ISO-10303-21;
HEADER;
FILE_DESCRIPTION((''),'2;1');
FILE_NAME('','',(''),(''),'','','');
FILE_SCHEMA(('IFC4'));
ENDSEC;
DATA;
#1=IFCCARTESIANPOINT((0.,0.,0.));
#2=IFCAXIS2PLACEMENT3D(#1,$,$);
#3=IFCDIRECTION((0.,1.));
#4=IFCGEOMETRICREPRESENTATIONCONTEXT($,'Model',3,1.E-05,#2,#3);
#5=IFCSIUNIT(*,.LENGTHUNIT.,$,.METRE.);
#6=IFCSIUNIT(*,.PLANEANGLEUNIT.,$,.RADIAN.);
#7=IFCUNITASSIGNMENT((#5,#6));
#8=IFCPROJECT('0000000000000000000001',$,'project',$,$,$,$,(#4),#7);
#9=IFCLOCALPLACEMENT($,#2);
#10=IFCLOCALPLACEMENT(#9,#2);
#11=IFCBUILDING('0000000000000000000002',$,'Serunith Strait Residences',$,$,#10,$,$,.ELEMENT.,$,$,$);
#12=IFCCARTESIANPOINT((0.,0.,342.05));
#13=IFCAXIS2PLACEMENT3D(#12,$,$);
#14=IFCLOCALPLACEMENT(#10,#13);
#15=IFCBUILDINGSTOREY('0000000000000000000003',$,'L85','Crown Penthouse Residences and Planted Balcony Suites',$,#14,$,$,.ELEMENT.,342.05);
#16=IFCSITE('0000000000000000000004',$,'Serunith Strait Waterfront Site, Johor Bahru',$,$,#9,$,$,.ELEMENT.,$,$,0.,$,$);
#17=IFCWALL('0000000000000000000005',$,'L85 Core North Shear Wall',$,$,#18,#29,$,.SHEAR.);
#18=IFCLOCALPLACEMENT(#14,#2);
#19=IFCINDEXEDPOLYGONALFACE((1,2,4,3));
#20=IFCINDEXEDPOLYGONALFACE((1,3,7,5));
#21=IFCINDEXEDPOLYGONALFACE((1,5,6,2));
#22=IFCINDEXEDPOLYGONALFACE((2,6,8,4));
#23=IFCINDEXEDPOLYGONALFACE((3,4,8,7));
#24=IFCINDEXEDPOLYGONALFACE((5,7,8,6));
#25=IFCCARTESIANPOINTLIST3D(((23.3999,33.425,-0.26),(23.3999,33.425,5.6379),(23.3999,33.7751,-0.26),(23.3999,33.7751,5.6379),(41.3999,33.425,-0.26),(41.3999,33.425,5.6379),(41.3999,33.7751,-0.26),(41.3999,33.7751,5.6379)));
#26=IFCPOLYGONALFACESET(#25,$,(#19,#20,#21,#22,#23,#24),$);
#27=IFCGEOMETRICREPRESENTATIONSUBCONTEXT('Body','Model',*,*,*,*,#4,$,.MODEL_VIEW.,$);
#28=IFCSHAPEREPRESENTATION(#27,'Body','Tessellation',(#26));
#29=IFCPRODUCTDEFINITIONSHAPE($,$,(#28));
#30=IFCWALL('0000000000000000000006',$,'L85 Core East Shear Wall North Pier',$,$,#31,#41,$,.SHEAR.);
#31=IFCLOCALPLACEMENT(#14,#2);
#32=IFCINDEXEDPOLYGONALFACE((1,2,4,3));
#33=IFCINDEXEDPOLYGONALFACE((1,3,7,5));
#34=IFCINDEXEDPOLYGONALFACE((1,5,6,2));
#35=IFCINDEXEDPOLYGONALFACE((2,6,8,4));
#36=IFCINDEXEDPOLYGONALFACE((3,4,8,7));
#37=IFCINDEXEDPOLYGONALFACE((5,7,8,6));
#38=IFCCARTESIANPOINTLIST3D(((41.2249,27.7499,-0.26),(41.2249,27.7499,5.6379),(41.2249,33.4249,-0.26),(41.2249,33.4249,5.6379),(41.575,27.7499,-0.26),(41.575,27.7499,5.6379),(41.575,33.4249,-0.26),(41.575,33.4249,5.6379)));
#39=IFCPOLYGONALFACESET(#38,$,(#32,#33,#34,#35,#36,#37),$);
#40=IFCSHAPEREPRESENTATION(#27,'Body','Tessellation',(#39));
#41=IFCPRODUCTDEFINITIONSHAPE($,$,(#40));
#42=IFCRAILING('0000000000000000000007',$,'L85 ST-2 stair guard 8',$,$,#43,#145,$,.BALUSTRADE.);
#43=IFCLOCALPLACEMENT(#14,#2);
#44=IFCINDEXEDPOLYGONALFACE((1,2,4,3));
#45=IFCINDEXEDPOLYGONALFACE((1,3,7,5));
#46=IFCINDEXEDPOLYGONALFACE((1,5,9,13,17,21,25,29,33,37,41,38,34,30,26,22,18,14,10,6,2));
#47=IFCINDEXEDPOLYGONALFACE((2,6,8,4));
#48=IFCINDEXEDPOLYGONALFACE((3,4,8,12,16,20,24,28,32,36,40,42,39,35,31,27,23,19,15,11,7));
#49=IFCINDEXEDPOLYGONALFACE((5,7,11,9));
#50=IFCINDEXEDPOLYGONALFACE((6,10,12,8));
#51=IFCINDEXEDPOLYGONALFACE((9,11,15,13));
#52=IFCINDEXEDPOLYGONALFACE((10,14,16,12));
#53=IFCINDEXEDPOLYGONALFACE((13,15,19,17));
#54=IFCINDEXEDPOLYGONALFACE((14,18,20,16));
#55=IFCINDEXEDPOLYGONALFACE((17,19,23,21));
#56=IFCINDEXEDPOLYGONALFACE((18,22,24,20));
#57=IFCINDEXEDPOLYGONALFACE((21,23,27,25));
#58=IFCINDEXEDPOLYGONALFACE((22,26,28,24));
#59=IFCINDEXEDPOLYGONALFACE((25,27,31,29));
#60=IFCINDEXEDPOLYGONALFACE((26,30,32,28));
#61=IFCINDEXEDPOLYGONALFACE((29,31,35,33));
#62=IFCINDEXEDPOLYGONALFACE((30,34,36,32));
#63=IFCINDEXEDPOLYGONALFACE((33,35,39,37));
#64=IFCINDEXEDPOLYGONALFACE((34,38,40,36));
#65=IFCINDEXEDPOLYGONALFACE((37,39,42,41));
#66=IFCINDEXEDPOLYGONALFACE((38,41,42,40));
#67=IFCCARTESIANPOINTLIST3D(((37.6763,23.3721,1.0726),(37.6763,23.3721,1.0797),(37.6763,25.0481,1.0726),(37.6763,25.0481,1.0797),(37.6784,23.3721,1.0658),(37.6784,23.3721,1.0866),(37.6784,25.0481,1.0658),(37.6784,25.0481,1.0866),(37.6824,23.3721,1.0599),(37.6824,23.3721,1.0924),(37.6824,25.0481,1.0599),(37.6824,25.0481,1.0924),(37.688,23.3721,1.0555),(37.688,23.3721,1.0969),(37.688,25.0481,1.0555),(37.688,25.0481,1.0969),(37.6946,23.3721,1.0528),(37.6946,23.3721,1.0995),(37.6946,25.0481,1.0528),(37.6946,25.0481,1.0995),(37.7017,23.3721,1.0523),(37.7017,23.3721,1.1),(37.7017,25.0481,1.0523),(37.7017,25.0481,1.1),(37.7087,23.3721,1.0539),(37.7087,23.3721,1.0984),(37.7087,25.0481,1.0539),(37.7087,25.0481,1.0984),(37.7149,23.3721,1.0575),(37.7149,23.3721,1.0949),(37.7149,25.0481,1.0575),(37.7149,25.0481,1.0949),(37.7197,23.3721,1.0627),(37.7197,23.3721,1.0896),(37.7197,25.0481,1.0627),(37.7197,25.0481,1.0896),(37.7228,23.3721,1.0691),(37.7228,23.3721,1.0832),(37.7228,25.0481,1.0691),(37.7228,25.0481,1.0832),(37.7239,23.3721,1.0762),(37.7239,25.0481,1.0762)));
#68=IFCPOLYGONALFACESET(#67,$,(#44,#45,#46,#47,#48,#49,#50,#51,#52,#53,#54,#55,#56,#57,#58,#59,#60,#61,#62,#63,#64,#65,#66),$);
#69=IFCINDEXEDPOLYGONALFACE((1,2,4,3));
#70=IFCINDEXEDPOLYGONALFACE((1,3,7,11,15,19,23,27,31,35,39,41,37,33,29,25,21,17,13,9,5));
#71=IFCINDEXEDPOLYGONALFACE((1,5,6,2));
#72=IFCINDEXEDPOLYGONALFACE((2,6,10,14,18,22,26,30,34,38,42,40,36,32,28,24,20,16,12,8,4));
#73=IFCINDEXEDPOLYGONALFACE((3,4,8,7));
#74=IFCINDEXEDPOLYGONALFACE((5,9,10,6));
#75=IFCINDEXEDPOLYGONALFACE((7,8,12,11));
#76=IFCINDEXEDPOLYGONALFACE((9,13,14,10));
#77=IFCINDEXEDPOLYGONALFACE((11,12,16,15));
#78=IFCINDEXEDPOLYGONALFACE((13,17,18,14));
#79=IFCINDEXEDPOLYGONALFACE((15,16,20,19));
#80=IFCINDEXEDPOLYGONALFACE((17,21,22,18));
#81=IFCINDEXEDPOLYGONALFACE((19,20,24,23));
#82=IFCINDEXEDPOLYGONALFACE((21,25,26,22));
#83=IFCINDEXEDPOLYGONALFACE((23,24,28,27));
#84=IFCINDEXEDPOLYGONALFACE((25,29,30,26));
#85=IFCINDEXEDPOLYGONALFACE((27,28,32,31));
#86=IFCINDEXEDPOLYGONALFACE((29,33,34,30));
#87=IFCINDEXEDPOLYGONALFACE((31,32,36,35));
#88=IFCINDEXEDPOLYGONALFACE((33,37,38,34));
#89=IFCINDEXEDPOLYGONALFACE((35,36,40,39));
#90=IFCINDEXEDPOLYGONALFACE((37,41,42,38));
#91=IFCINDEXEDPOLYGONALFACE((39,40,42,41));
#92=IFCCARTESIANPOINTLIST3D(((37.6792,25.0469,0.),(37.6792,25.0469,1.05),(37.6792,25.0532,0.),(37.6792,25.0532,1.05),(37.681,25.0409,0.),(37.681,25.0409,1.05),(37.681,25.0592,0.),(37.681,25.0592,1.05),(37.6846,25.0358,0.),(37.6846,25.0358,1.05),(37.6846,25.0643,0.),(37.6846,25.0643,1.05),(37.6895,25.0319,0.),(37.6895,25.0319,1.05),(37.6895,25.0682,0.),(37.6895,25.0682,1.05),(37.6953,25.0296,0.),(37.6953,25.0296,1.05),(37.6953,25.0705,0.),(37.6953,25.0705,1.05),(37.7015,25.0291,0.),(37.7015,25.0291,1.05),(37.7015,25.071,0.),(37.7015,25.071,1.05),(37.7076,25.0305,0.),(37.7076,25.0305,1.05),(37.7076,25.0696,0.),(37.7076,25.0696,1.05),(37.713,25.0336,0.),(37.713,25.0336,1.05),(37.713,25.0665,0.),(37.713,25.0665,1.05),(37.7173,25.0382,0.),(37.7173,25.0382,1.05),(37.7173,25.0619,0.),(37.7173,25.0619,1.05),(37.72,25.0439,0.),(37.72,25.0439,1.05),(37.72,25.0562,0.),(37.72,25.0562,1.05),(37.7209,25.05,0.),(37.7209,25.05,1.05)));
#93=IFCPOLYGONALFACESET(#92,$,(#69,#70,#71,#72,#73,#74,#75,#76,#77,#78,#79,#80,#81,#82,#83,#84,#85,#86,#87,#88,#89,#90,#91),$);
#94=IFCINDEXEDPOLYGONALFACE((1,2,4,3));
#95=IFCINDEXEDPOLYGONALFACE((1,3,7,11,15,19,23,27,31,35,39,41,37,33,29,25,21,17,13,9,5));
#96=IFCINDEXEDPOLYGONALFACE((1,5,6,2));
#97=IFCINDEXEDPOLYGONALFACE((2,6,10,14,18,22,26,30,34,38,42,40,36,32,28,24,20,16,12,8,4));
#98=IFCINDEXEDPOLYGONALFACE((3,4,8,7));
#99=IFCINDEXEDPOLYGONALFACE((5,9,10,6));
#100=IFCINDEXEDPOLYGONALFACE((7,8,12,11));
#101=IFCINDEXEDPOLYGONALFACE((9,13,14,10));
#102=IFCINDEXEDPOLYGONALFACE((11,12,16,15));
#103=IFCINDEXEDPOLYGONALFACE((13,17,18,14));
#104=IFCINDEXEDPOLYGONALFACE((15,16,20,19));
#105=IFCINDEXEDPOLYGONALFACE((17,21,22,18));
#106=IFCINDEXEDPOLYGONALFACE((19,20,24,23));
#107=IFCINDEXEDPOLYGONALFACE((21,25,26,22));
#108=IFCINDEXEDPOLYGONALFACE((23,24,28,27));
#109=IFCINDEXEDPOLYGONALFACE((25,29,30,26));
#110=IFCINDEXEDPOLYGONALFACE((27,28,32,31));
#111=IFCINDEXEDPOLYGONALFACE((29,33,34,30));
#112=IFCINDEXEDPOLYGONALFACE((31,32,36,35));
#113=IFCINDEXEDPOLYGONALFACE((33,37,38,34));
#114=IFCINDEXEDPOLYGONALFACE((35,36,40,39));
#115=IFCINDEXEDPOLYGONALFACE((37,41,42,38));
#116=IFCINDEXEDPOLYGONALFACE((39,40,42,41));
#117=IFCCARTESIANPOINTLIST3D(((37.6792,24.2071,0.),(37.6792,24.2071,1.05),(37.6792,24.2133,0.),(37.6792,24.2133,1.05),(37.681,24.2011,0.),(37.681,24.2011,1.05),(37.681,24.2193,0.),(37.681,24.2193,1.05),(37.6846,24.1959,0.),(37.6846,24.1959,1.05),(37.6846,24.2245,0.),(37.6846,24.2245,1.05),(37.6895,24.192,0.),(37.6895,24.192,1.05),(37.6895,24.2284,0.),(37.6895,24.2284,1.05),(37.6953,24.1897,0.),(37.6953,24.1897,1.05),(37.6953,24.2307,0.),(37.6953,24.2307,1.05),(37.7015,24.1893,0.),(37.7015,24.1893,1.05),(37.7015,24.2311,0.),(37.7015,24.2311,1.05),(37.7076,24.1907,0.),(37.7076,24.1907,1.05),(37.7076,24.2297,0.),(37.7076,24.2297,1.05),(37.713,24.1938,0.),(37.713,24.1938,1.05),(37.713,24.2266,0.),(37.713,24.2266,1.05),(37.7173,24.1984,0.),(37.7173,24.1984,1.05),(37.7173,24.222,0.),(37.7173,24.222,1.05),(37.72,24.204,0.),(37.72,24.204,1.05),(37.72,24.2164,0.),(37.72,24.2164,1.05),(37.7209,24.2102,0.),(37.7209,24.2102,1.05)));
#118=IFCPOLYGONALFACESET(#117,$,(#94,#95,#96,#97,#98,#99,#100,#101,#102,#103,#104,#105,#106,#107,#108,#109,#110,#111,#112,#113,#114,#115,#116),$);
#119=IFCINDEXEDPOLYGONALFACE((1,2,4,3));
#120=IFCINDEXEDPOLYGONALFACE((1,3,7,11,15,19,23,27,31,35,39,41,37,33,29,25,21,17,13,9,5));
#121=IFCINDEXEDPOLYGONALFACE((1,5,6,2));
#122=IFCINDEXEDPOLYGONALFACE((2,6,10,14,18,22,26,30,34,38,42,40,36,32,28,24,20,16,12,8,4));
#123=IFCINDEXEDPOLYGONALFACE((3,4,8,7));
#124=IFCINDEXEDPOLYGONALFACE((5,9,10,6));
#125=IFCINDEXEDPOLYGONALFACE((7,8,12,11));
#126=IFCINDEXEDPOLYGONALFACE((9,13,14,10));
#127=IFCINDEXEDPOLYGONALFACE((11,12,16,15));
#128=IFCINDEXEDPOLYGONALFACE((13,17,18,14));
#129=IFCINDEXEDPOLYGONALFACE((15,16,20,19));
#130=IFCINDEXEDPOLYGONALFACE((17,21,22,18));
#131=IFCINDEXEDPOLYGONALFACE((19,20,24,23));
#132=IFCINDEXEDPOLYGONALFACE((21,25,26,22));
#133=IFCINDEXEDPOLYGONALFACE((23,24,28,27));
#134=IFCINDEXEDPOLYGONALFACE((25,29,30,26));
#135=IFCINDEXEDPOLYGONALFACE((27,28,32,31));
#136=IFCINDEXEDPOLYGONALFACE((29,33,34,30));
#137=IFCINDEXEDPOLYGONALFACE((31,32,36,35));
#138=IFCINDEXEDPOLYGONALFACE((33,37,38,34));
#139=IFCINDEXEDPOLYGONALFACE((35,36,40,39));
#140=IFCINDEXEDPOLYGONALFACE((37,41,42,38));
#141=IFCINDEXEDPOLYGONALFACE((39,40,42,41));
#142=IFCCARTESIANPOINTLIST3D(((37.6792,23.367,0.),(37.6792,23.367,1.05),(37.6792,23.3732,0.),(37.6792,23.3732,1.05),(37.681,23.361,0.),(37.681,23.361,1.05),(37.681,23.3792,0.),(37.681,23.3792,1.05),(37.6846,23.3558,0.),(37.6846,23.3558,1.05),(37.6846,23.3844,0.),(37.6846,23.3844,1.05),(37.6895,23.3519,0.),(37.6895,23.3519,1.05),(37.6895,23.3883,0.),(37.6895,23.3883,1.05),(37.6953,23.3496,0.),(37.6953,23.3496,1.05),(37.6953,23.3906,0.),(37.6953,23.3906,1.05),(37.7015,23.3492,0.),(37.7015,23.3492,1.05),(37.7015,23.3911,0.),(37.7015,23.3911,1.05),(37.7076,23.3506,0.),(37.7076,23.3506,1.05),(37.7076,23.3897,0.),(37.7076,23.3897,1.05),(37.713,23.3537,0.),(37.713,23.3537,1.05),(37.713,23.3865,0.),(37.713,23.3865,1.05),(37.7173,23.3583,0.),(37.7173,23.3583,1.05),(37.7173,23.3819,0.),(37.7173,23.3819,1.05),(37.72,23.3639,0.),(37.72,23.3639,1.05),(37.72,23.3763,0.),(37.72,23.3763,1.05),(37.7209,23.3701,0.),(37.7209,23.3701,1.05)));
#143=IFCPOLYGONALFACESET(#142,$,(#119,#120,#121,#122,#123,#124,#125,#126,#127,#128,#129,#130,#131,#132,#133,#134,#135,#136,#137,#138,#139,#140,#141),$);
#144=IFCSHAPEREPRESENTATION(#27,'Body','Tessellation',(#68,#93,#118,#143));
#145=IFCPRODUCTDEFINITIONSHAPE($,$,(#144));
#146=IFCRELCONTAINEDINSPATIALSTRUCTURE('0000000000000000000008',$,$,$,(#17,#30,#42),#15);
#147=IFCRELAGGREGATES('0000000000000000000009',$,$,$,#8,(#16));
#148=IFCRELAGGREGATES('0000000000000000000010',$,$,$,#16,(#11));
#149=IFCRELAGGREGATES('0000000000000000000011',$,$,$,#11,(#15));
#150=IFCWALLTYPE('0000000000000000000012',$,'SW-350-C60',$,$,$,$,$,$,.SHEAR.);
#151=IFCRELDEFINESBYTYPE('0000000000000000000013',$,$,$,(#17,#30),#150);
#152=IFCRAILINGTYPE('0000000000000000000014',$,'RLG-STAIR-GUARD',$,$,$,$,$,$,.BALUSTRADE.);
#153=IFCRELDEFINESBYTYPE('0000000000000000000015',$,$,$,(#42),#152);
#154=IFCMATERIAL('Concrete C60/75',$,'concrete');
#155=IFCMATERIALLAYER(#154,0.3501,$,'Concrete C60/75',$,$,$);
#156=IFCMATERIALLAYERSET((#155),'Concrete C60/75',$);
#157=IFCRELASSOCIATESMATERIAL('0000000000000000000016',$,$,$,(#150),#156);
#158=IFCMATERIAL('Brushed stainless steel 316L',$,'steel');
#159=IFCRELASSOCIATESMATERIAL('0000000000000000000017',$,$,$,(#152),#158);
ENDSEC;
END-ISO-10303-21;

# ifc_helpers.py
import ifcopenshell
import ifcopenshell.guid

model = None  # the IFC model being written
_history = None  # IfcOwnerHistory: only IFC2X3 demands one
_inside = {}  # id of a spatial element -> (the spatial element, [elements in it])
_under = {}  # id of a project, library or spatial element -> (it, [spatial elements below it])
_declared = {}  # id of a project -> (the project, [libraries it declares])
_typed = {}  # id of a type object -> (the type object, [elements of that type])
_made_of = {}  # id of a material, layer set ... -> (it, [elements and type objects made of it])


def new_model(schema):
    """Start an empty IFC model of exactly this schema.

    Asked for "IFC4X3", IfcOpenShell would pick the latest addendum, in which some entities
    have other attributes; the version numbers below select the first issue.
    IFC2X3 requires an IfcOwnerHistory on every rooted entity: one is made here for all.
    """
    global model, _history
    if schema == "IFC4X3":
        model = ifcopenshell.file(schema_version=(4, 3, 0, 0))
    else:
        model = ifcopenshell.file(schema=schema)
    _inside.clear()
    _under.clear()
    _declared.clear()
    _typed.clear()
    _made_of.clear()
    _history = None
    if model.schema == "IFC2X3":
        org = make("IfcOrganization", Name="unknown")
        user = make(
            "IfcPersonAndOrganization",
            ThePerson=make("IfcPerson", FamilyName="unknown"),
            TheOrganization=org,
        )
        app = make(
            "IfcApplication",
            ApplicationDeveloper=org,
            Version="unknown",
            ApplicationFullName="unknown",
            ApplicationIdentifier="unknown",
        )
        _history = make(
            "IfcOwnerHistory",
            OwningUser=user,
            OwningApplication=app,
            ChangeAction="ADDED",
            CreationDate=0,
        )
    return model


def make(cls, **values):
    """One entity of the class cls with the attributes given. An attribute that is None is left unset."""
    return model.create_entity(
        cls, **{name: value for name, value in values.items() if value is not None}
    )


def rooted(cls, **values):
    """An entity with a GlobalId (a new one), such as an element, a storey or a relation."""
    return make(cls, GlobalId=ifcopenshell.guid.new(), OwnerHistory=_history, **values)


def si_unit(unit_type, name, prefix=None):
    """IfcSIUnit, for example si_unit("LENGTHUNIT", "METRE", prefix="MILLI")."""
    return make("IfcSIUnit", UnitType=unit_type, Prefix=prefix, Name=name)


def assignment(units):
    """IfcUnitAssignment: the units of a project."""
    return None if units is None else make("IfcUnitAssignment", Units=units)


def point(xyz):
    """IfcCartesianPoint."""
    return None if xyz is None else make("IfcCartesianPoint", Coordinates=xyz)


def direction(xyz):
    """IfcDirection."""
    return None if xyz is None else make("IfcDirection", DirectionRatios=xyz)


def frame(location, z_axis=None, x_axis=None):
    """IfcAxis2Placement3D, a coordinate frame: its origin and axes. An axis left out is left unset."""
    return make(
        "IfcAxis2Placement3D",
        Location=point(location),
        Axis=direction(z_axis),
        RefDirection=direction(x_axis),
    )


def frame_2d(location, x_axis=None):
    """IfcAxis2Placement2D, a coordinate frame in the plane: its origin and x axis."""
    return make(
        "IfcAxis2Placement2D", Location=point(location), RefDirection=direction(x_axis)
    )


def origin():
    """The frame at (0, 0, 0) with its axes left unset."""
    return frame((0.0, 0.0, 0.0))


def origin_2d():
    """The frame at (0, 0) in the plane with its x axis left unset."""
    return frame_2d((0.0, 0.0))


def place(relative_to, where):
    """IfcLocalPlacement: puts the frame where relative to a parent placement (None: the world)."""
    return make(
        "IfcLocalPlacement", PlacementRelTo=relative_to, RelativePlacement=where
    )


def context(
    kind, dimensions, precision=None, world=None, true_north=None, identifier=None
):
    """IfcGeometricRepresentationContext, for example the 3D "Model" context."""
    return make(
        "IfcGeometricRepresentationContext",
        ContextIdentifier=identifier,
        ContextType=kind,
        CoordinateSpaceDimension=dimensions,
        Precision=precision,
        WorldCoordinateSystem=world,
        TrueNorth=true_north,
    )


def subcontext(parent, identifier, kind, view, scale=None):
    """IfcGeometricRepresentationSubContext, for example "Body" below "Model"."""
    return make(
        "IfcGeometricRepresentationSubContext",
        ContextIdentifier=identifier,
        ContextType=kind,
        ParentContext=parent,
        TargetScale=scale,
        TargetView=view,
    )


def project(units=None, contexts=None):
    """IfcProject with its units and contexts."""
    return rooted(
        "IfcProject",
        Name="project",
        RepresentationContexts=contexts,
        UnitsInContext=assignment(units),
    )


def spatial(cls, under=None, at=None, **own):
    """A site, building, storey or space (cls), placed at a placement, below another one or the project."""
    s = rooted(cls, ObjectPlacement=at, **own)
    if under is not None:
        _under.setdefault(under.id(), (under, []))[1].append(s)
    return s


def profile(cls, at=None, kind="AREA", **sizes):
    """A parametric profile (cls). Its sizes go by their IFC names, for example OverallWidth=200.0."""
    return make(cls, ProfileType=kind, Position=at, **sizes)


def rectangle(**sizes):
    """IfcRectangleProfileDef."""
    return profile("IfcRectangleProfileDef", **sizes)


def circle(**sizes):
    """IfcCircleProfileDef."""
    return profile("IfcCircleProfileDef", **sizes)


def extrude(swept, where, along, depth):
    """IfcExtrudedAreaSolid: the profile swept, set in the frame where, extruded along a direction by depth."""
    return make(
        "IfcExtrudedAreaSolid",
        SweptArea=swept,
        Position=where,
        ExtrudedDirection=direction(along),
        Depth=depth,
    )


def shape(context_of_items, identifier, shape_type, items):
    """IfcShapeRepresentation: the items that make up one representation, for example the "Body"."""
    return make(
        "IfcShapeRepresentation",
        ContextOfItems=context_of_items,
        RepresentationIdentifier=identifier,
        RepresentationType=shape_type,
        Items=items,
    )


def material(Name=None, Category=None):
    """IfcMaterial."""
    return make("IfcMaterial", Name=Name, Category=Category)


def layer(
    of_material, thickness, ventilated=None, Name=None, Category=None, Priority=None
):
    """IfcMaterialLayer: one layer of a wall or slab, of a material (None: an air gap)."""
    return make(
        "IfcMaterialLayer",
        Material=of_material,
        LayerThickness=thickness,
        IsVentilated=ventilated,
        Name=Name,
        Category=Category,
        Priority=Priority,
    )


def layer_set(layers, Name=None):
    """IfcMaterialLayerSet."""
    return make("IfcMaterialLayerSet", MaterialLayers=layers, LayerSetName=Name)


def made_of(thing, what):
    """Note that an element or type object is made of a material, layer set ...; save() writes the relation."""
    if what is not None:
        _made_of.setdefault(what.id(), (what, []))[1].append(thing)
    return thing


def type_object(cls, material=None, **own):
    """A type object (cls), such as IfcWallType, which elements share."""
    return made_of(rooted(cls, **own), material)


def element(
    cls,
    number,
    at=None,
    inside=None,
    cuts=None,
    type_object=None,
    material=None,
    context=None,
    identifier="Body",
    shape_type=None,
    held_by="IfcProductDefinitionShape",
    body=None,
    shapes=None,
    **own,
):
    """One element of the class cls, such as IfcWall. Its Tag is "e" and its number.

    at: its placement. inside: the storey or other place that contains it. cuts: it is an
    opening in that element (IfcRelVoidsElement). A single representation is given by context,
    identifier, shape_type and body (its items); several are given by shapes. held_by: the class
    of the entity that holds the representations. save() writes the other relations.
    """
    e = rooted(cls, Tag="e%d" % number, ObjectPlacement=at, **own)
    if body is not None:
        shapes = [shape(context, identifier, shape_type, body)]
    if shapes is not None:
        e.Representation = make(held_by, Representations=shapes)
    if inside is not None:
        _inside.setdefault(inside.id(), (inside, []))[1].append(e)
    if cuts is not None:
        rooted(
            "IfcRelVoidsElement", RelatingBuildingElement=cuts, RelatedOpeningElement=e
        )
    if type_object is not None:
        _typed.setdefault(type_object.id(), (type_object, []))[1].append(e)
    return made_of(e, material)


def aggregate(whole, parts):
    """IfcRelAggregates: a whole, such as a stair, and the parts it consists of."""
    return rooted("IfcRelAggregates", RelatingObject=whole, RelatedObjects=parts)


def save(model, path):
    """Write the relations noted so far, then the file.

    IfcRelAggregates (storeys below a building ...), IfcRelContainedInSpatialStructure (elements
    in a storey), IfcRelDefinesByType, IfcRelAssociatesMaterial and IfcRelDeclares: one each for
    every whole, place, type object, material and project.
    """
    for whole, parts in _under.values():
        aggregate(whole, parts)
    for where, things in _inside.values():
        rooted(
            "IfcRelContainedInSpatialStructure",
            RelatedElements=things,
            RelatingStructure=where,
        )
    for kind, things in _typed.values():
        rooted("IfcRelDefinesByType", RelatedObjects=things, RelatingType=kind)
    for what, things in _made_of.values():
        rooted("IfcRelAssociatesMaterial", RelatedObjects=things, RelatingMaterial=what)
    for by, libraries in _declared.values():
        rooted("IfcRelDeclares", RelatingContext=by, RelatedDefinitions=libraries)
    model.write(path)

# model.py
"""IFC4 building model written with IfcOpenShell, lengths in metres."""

from ifc_helpers import new_model, si_unit, direction, frame, frame_2d, origin, origin_2d, place, context, subcontext, project, spatial, rectangle, circle, extrude, material, layer, layer_set, type_object, element, save


model = new_model("IFC4")

# Units and contexts
model_context = context("Model", 3, precision=1e-05, world=origin(), true_north=direction((0.0, 1.0)))
body_context = subcontext(model_context, "Body", "Model", "MODEL_VIEW")
ifc_project = project(units=[si_unit("LENGTHUNIT", "METRE"), si_unit("PLANEANGLEUNIT", "RADIAN")], contexts=[model_context])

# Site, building, storey
site_placement = place(None, origin())
site = spatial("IfcSite", under=ifc_project, at=site_placement, Name="Serunith Strait Waterfront Site, Johor Bahru", CompositionType="ELEMENT", RefElevation=0.0)
building_placement = place(site_placement, origin())
building = spatial("IfcBuilding", under=site, at=building_placement, Name="Serunith Strait Residences", CompositionType="ELEMENT")
storey_placement = place(building_placement, frame((0.0, 0.0, 342.05)))
storey = spatial("IfcBuildingStorey", under=building, at=storey_placement, Name="L85", Description="Crown Penthouse Residences and Planted Balcony Suites", CompositionType="ELEMENT", Elevation=342.05)

# Walls
ifc_material_1 = material(Name="Concrete C60/75", Category="concrete")
ifc_layer_1 = layer(ifc_material_1, 0.3501, Name="Concrete C60/75")
ifc_layer_set_1 = layer_set([ifc_layer_1], Name="Concrete C60/75")
wall_type_1 = type_object("IfcWallType", Name="SW-350-C60", PredefinedType="SHEAR", material=ifc_layer_set_1)
wall_1_placement = place(storey_placement, frame((41.3999, 33.6001, -0.26), z_axis=(0.0, 0.0, 1.0), x_axis=(-1.0, 0.0, 0.0)))
element("IfcWall", 1, at=wall_1_placement, inside=storey, type_object=wall_type_1, Name="L85 Core North Shear Wall", PredefinedType="SHEAR", context=body_context, shape_type="SweptSolid", body=[
    extrude(rectangle(XDim=18.0, YDim=0.3501, at=frame_2d((9.0, 0.0))), origin(), (0.0, 0.0, 1.0), 5.8979),
])
wall_2_placement = place(storey_placement, frame((41.3999, 27.75, -0.26), z_axis=(0.0, 0.0, 1.0), x_axis=(0.0, 1.0, 0.0)))
element("IfcWall", 2, at=wall_2_placement, inside=storey, type_object=wall_type_1, Name="L85 Core East Shear Wall North Pier", PredefinedType="SHEAR", context=body_context, shape_type="SweptSolid", body=[
    extrude(rectangle(XDim=5.675, YDim=0.3501, at=frame_2d((2.8374, 0.0))), origin(), (0.0, 0.0, 1.0), 5.8979),
])

# Railing
ifc_material_2 = material(Name="Brushed stainless steel 316L", Category="steel")
railing_type = type_object("IfcRailingType", Name="RLG-STAIR-GUARD", PredefinedType="BALUSTRADE", material=ifc_material_2)
for number, where, name in (
    (3, (37.7, 25.05, 0.0), "L85 ST-2 stair guard 8"),
):
    element("IfcRailing", number, at=place(storey_placement, frame(where)), inside=storey, type_object=railing_type, Name=name, PredefinedType="BALUSTRADE", context=body_context, shape_type="SweptSolid", body=[
        extrude(circle(Radius=0.0239, at=origin_2d()), frame((0.0, -0.002, 1.0762), z_axis=(0.0, -1.0, 0.0), x_axis=(1.0, 0.0, 0.0)), (0.0, 0.0, 1.0), 1.676),
        extrude(circle(Radius=0.021, at=origin_2d()), origin(), (0.0, 0.0, 1.0), 1.05),
        extrude(circle(Radius=0.021, at=origin_2d()), frame((0.0, -0.8398, 0.0)), (0.0, 0.0, 1.0), 1.05),
        extrude(circle(Radius=0.021, at=origin_2d()), frame((0.0, -1.6799, 0.0)), (0.0, 0.0, 1.0), 1.05),
    ])

save(model, "model.ifc")
